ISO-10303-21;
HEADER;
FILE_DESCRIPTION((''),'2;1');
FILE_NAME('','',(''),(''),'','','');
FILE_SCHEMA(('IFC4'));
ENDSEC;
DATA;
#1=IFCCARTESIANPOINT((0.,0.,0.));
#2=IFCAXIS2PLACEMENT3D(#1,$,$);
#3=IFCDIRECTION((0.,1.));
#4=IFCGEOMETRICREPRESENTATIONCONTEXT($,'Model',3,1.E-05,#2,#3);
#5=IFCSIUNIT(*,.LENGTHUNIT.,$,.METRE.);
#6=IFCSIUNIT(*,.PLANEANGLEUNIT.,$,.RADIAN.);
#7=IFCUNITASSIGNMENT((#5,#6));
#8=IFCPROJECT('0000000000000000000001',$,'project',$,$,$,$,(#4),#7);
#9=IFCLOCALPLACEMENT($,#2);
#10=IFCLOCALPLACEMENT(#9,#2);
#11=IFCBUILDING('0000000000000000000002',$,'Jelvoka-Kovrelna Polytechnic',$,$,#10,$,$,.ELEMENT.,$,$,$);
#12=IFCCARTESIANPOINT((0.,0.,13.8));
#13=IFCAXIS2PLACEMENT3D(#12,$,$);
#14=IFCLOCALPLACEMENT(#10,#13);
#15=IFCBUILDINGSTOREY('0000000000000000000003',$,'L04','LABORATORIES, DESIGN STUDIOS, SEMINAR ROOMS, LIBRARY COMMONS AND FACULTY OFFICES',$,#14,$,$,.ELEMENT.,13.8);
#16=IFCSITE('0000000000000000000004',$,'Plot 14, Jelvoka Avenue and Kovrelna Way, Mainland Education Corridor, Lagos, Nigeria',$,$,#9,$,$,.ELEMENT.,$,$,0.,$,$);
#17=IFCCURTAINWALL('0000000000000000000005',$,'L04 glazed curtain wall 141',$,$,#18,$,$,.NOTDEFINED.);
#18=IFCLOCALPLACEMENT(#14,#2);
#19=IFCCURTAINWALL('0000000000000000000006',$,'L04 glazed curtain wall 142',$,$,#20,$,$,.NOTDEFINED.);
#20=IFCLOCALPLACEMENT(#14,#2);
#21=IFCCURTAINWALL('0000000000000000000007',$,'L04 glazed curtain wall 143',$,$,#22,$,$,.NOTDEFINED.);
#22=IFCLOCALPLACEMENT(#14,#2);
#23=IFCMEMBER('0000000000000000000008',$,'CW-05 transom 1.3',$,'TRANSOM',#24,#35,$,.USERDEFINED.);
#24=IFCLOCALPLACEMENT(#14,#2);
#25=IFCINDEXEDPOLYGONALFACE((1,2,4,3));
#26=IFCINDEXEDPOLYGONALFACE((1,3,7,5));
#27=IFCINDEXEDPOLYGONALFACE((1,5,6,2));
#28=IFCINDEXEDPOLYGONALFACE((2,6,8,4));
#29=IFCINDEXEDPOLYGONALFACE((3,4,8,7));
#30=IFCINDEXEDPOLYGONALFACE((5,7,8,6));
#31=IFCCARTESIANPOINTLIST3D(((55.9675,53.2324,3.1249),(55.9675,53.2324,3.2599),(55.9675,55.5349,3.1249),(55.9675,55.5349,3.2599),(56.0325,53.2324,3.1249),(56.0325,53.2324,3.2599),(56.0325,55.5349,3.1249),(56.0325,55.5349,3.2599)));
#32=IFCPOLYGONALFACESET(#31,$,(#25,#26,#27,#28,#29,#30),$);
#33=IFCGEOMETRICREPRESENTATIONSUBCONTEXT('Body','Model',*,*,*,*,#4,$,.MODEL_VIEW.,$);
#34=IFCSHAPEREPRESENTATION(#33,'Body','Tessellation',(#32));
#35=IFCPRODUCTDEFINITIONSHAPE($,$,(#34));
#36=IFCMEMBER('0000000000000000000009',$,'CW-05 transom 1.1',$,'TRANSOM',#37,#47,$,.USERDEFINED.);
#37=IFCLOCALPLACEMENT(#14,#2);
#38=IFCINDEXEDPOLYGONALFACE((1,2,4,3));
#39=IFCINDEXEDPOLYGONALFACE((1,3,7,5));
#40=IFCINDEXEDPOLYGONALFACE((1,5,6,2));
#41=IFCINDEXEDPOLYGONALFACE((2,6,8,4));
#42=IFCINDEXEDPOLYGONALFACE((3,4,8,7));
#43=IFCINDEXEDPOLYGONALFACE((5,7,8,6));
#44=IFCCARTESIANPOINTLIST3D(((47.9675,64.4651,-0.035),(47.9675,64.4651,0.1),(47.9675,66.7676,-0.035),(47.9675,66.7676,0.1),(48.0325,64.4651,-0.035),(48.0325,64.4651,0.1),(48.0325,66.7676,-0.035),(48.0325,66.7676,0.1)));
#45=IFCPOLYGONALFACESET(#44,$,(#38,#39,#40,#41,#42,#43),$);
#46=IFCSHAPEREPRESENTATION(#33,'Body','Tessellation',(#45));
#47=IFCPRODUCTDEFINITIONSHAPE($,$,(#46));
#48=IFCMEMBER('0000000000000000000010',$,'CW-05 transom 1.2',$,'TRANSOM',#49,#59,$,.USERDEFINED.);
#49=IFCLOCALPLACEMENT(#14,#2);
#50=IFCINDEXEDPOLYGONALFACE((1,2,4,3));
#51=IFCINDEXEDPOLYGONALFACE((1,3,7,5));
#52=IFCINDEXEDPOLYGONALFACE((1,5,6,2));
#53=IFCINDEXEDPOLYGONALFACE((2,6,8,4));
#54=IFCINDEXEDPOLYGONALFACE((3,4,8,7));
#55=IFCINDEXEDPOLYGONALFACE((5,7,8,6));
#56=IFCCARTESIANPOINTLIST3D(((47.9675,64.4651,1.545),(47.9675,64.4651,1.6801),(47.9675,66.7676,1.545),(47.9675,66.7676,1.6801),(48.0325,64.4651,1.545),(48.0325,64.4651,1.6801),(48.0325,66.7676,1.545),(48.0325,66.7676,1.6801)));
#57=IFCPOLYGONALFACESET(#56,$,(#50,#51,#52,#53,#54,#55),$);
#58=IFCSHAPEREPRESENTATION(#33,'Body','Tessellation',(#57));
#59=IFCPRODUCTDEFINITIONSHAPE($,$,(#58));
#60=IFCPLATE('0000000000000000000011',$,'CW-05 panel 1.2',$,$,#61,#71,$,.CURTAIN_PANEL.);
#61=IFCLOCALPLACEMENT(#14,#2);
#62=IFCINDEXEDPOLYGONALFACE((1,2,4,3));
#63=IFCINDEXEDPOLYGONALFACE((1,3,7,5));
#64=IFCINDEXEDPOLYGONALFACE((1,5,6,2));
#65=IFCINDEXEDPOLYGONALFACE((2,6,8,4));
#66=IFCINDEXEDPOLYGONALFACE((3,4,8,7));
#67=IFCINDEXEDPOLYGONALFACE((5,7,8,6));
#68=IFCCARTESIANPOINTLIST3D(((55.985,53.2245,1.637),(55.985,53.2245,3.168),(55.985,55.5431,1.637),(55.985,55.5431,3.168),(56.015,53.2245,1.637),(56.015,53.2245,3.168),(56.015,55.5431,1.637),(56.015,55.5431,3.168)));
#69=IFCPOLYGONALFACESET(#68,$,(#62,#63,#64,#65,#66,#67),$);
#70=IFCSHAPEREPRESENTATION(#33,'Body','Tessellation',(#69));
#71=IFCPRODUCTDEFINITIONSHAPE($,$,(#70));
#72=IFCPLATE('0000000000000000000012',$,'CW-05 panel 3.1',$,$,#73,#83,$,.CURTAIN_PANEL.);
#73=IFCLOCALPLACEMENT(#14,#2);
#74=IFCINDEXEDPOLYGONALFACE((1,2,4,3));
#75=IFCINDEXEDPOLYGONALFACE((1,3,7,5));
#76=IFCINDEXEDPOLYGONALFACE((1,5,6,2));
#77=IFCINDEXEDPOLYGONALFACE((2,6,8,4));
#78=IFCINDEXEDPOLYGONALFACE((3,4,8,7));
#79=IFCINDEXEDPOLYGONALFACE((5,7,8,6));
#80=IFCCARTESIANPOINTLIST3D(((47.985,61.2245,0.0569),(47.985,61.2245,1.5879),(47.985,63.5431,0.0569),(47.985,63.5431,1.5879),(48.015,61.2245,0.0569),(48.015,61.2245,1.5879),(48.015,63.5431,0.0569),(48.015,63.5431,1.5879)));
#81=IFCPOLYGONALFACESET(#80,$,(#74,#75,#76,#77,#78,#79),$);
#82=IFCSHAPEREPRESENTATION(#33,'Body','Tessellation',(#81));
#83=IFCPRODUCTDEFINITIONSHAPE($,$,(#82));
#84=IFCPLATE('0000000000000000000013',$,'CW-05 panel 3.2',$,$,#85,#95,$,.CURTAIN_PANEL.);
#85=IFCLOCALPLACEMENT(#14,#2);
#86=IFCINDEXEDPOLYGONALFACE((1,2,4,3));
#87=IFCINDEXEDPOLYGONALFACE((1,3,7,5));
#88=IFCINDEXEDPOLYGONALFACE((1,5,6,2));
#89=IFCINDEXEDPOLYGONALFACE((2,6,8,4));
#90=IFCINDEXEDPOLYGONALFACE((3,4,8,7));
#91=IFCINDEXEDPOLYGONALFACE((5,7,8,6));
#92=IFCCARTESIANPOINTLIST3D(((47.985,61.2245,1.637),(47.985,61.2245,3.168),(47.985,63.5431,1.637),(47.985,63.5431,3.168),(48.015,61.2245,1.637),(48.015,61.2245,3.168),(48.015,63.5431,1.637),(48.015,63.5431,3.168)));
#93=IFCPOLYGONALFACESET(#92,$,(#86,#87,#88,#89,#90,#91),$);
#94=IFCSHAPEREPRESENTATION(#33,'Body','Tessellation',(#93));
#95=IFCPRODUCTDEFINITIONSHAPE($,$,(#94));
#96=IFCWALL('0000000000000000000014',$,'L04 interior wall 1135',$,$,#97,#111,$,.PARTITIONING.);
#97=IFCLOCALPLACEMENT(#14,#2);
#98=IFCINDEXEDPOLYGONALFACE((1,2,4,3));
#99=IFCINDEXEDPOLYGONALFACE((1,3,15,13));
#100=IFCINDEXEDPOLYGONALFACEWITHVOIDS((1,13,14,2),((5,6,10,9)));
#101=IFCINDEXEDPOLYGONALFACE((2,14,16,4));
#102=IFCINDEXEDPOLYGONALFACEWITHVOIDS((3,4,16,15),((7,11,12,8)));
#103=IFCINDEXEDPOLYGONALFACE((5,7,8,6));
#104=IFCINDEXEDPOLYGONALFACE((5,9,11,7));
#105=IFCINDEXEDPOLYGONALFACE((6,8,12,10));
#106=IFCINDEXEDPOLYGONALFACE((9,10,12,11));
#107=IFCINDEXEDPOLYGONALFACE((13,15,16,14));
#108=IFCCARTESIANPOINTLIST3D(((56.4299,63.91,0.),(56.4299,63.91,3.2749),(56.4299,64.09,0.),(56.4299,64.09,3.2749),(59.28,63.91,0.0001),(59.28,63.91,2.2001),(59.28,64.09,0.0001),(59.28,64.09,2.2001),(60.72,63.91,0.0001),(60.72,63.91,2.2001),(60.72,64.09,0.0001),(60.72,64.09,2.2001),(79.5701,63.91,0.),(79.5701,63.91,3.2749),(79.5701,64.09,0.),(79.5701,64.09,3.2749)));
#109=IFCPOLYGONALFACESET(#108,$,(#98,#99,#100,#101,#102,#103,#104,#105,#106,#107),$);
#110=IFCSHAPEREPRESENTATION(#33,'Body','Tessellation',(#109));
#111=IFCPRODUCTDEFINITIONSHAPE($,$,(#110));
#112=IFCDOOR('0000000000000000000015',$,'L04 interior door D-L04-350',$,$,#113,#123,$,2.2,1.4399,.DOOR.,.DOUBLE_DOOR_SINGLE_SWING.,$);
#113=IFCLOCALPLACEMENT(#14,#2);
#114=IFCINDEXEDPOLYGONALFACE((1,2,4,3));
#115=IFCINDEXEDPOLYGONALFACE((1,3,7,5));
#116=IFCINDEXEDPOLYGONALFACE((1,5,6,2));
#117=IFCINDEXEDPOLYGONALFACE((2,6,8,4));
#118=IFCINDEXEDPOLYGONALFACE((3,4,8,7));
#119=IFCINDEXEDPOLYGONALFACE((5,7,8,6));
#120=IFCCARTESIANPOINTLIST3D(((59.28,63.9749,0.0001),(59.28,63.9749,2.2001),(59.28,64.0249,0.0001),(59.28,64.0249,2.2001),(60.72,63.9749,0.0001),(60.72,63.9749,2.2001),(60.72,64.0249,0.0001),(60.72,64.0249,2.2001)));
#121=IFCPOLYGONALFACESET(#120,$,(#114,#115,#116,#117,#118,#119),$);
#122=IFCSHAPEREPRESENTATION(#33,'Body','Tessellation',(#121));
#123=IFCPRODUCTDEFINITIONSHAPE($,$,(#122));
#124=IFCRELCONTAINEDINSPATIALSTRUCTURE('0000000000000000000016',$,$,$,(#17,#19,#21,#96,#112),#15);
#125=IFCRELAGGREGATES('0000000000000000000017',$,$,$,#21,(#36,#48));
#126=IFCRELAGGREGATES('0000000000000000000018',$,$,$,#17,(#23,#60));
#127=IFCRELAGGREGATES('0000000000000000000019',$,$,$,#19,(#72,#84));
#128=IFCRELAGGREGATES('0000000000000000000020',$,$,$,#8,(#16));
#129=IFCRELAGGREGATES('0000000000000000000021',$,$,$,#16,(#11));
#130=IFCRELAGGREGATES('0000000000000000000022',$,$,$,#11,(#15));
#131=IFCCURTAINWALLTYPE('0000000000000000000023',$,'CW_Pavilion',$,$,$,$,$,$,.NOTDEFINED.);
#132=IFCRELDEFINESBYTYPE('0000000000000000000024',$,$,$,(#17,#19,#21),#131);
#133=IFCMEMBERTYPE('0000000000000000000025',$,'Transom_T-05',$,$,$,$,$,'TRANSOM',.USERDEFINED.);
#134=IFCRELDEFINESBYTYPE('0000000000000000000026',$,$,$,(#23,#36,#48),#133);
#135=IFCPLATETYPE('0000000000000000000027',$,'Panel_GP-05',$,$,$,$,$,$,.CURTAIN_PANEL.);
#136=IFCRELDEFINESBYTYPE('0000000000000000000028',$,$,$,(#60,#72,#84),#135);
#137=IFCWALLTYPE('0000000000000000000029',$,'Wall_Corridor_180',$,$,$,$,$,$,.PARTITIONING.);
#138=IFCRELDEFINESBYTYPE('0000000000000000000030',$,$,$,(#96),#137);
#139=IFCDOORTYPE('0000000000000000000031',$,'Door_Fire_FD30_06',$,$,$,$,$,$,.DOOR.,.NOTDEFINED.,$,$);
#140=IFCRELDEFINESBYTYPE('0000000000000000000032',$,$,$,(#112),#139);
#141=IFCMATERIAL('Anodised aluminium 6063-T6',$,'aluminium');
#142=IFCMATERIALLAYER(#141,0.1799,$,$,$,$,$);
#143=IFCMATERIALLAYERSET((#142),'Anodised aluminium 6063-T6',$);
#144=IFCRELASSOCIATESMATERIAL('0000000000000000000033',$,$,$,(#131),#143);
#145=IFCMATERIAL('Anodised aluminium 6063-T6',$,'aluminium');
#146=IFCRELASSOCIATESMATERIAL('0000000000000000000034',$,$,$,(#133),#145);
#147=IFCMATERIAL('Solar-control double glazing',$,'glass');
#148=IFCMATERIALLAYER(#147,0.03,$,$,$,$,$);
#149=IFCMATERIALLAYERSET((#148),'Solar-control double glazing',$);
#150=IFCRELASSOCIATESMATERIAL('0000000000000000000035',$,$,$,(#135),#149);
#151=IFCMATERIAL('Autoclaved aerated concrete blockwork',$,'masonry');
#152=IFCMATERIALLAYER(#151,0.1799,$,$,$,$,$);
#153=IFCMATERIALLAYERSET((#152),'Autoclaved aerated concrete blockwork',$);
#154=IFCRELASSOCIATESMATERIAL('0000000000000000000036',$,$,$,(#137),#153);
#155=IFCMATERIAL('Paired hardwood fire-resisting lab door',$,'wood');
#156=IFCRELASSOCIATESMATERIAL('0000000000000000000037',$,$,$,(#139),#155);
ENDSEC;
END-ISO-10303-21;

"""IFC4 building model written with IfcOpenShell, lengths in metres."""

from ifc_helpers import new_model, si_unit, direction, frame, frame_2d, origin, origin_2d, place, context, subcontext, project, spatial, rectangle, extrude, material, layer, layer_set, material_profile, profile_set, type_object, element, fill, aggregate, save


model = new_model("IFC4")

# Units and contexts
model_context = context("Model", 3, precision=1e-05, world=origin(), true_north=direction((0.0, 1.0)))
body_context = subcontext(model_context, "Body", "Model", "MODEL_VIEW")
ifc_project = project(units=[si_unit("LENGTHUNIT", "METRE"), si_unit("PLANEANGLEUNIT", "RADIAN")], contexts=[model_context])

# Site, building, storey
site_placement = place(None, origin())
site = spatial("IfcSite", under=ifc_project, at=site_placement, Name="Plot 14, Jelvoka Avenue and Kovrelna Way, Mainland Education Corridor, Lagos, Nigeria", CompositionType="ELEMENT", RefElevation=0.0)
building_placement = place(site_placement, origin())
building = spatial("IfcBuilding", under=site, at=building_placement, Name="Jelvoka-Kovrelna Polytechnic", CompositionType="ELEMENT")
storey_placement = place(building_placement, frame((0.0, 0.0, 13.8)))
storey = spatial("IfcBuildingStorey", under=building, at=storey_placement, Name="L04", Description="LABORATORIES, DESIGN STUDIOS, SEMINAR ROOMS, LIBRARY COMMONS AND FACULTY OFFICES", CompositionType="ELEMENT", Elevation=13.8)

# Curtain walls
ifc_material_1 = material(Name="Anodised aluminium 6063-T6", Category="aluminium")
ifc_layer_1 = layer(ifc_material_1, 0.1799)
ifc_layer_set_1 = layer_set([ifc_layer_1], Name="Anodised aluminium 6063-T6")
curtain_wall_type = type_object("IfcCurtainWallType", Name="CW_Pavilion", PredefinedType="NOTDEFINED", material=ifc_layer_set_1)
curtain_wall_1_placement = place(storey_placement, origin())
curtain_wall_1 = element("IfcCurtainWall", 1, at=curtain_wall_1_placement, inside=storey, type_object=curtain_wall_type, Name="L04 glazed curtain wall 141", PredefinedType="NOTDEFINED")
curtain_wall_2_placement = place(storey_placement, origin())
curtain_wall_2 = element("IfcCurtainWall", 2, at=curtain_wall_2_placement, inside=storey, type_object=curtain_wall_type, Name="L04 glazed curtain wall 142", PredefinedType="NOTDEFINED")
curtain_wall_3_placement = place(storey_placement, origin())
curtain_wall_3 = element("IfcCurtainWall", 3, at=curtain_wall_3_placement, inside=storey, type_object=curtain_wall_type, Name="L04 glazed curtain wall 143", PredefinedType="NOTDEFINED")

# Members
ifc_material_2 = material(Name="Anodised aluminium 6063-T6", Category="aluminium")
ifc_material_profile_1 = material_profile(ifc_material_2, rectangle(XDim=0.0649, YDim=0.135, at=origin_2d()), Name="ALU 65x135")
ifc_profile_set_1 = profile_set([ifc_material_profile_1], Name="Anodised aluminium 6063-T6")
member_type_1 = type_object("IfcMemberType", Name="Transom_T-05", ElementType="TRANSOM", PredefinedType="USERDEFINED", material=ifc_profile_set_1)
member_1_placement = place(storey_placement, frame((56.0, 55.5349, 3.1924), z_axis=(0.0, -1.0, 0.0), x_axis=(1.0, 0.0, 0.0)))
member_1 = element("IfcMember", 4, at=member_1_placement, type_object=member_type_1, Name="CW-05 transom 1.3", ObjectType="TRANSOM", PredefinedType="USERDEFINED", context=body_context, shape_type="SweptSolid", body=[
    extrude(rectangle(XDim=0.0649, YDim=0.135, at=origin_2d()), origin(), (0.0, 0.0, 1.0), 2.3025),
])
member_2_placement = place(storey_placement, frame((48.0, 64.4651, 0.0325), z_axis=(0.0, 1.0, 0.0), x_axis=(-1.0, 0.0, 0.0)))
member_2 = element("IfcMember", 5, at=member_2_placement, type_object=member_type_1, Name="CW-05 transom 1.1", ObjectType="TRANSOM", PredefinedType="USERDEFINED", context=body_context, shape_type="SweptSolid", body=[
    extrude(rectangle(XDim=0.0649, YDim=0.135, at=origin_2d()), origin(), (0.0, 0.0, 1.0), 2.3025),
])
member_3_placement = place(storey_placement, frame((48.0, 64.4651, 1.6125), z_axis=(0.0, 1.0, 0.0), x_axis=(-1.0, 0.0, 0.0)))
member_3 = element("IfcMember", 6, at=member_3_placement, type_object=member_type_1, Name="CW-05 transom 1.2", ObjectType="TRANSOM", PredefinedType="USERDEFINED", context=body_context, shape_type="SweptSolid", body=[
    extrude(rectangle(XDim=0.0649, YDim=0.135, at=origin_2d()), origin(), (0.0, 0.0, 1.0), 2.3025),
])
aggregate(curtain_wall_3, [member_2, member_3])

# Plates
ifc_material_3 = material(Name="Solar-control double glazing", Category="glass")
ifc_layer_2 = layer(ifc_material_3, 0.03)
ifc_layer_set_2 = layer_set([ifc_layer_2], Name="Solar-control double glazing")
plate_type = type_object("IfcPlateType", Name="Panel_GP-05", PredefinedType="CURTAIN_PANEL", material=ifc_layer_set_2)
plate_1_placement = place(storey_placement, frame((56.0, 54.3838, 1.637), z_axis=(0.0, 0.0, 1.0), x_axis=(0.0, -1.0, 0.0)))
plate_1 = element("IfcPlate", 7, at=plate_1_placement, type_object=plate_type, Name="CW-05 panel 1.2", PredefinedType="CURTAIN_PANEL", context=body_context, shape_type="SweptSolid", body=[
    extrude(rectangle(XDim=2.3186, YDim=0.03, at=origin_2d()), origin(), (0.0, 0.0, 1.0), 1.531),
])
aggregate(curtain_wall_1, [member_1, plate_1])
plate_2_placement = place(storey_placement, frame((48.0, 62.3838, 0.0569), z_axis=(0.0, 0.0, 1.0), x_axis=(0.0, 1.0, 0.0)))
plate_2 = element("IfcPlate", 8, at=plate_2_placement, type_object=plate_type, Name="CW-05 panel 3.1", PredefinedType="CURTAIN_PANEL", context=body_context, shape_type="SweptSolid", body=[
    extrude(rectangle(XDim=2.3186, YDim=0.03, at=origin_2d()), origin(), (0.0, 0.0, 1.0), 1.531),
])
plate_3_placement = place(storey_placement, frame((48.0, 62.3838, 1.637), z_axis=(0.0, 0.0, 1.0), x_axis=(0.0, 1.0, 0.0)))
plate_3 = element("IfcPlate", 9, at=plate_3_placement, type_object=plate_type, Name="CW-05 panel 3.2", PredefinedType="CURTAIN_PANEL", context=body_context, shape_type="SweptSolid", body=[
    extrude(rectangle(XDim=2.3186, YDim=0.03, at=origin_2d()), origin(), (0.0, 0.0, 1.0), 1.531),
])
aggregate(curtain_wall_2, [plate_2, plate_3])

# Wall, opening, door
ifc_material_4 = material(Name="Autoclaved aerated concrete blockwork", Category="masonry")
ifc_layer_3 = layer(ifc_material_4, 0.1799)
ifc_layer_set_3 = layer_set([ifc_layer_3], Name="Autoclaved aerated concrete blockwork")
wall_type = type_object("IfcWallType", Name="Wall_Corridor_180", PredefinedType="PARTITIONING", material=ifc_layer_set_3)
wall_placement = place(storey_placement, frame((56.4299, 64.0, 0.0), z_axis=(0.0, 0.0, 1.0), x_axis=(1.0, 0.0, 0.0)))
wall = element("IfcWall", 10, at=wall_placement, inside=storey, type_object=wall_type, Name="L04 interior wall 1135", PredefinedType="PARTITIONING", context=body_context, shape_type="SweptSolid", body=[
    extrude(rectangle(XDim=23.1401, YDim=0.1799, at=frame_2d((11.5701, 0.0))), origin(), (0.0, 0.0, 1.0), 3.2749),
])
opening_placement = place(wall_placement, frame((2.8501, 0.0, 0.0)))
opening = element("IfcOpeningElement", 11, at=opening_placement, cuts=wall, PredefinedType="OPENING", context=body_context, shape_type="SweptSolid", body=[
    extrude(rectangle(XDim=1.4399, YDim=2.2, at=frame_2d((0.72, 1.1001))), frame((0.0, 0.0999, 0.0), z_axis=(0.0, -1.0, 0.0), x_axis=(1.0, 0.0, 0.0)), (0.0, 0.0, 1.0), 0.2),
])
ifc_material_5 = material(Name="Paired hardwood fire-resisting lab door", Category="wood")
door_type = type_object("IfcDoorType", Name="Door_Fire_FD30_06", OperationType="NOTDEFINED", PredefinedType="DOOR", material=ifc_material_5)
door_placement = place(opening_placement, origin())
door = element("IfcDoor", 12, at=door_placement, inside=storey, type_object=door_type, Name="L04 interior door D-L04-350", OperationType="DOUBLE_DOOR_SINGLE_SWING", OverallHeight=2.2, OverallWidth=1.4399, PredefinedType="DOOR", context=body_context, shape_type="SweptSolid", body=[
    extrude(rectangle(XDim=1.4399, YDim=2.2, at=frame_2d((0.72, 1.1001))), frame((0.0, 0.0249, 0.0), z_axis=(0.0, -1.0, 0.0), x_axis=(1.0, 0.0, 0.0)), (0.0, 0.0, 1.0), 0.05),
])
fill(opening, door)

save(model, "model.ifc")
